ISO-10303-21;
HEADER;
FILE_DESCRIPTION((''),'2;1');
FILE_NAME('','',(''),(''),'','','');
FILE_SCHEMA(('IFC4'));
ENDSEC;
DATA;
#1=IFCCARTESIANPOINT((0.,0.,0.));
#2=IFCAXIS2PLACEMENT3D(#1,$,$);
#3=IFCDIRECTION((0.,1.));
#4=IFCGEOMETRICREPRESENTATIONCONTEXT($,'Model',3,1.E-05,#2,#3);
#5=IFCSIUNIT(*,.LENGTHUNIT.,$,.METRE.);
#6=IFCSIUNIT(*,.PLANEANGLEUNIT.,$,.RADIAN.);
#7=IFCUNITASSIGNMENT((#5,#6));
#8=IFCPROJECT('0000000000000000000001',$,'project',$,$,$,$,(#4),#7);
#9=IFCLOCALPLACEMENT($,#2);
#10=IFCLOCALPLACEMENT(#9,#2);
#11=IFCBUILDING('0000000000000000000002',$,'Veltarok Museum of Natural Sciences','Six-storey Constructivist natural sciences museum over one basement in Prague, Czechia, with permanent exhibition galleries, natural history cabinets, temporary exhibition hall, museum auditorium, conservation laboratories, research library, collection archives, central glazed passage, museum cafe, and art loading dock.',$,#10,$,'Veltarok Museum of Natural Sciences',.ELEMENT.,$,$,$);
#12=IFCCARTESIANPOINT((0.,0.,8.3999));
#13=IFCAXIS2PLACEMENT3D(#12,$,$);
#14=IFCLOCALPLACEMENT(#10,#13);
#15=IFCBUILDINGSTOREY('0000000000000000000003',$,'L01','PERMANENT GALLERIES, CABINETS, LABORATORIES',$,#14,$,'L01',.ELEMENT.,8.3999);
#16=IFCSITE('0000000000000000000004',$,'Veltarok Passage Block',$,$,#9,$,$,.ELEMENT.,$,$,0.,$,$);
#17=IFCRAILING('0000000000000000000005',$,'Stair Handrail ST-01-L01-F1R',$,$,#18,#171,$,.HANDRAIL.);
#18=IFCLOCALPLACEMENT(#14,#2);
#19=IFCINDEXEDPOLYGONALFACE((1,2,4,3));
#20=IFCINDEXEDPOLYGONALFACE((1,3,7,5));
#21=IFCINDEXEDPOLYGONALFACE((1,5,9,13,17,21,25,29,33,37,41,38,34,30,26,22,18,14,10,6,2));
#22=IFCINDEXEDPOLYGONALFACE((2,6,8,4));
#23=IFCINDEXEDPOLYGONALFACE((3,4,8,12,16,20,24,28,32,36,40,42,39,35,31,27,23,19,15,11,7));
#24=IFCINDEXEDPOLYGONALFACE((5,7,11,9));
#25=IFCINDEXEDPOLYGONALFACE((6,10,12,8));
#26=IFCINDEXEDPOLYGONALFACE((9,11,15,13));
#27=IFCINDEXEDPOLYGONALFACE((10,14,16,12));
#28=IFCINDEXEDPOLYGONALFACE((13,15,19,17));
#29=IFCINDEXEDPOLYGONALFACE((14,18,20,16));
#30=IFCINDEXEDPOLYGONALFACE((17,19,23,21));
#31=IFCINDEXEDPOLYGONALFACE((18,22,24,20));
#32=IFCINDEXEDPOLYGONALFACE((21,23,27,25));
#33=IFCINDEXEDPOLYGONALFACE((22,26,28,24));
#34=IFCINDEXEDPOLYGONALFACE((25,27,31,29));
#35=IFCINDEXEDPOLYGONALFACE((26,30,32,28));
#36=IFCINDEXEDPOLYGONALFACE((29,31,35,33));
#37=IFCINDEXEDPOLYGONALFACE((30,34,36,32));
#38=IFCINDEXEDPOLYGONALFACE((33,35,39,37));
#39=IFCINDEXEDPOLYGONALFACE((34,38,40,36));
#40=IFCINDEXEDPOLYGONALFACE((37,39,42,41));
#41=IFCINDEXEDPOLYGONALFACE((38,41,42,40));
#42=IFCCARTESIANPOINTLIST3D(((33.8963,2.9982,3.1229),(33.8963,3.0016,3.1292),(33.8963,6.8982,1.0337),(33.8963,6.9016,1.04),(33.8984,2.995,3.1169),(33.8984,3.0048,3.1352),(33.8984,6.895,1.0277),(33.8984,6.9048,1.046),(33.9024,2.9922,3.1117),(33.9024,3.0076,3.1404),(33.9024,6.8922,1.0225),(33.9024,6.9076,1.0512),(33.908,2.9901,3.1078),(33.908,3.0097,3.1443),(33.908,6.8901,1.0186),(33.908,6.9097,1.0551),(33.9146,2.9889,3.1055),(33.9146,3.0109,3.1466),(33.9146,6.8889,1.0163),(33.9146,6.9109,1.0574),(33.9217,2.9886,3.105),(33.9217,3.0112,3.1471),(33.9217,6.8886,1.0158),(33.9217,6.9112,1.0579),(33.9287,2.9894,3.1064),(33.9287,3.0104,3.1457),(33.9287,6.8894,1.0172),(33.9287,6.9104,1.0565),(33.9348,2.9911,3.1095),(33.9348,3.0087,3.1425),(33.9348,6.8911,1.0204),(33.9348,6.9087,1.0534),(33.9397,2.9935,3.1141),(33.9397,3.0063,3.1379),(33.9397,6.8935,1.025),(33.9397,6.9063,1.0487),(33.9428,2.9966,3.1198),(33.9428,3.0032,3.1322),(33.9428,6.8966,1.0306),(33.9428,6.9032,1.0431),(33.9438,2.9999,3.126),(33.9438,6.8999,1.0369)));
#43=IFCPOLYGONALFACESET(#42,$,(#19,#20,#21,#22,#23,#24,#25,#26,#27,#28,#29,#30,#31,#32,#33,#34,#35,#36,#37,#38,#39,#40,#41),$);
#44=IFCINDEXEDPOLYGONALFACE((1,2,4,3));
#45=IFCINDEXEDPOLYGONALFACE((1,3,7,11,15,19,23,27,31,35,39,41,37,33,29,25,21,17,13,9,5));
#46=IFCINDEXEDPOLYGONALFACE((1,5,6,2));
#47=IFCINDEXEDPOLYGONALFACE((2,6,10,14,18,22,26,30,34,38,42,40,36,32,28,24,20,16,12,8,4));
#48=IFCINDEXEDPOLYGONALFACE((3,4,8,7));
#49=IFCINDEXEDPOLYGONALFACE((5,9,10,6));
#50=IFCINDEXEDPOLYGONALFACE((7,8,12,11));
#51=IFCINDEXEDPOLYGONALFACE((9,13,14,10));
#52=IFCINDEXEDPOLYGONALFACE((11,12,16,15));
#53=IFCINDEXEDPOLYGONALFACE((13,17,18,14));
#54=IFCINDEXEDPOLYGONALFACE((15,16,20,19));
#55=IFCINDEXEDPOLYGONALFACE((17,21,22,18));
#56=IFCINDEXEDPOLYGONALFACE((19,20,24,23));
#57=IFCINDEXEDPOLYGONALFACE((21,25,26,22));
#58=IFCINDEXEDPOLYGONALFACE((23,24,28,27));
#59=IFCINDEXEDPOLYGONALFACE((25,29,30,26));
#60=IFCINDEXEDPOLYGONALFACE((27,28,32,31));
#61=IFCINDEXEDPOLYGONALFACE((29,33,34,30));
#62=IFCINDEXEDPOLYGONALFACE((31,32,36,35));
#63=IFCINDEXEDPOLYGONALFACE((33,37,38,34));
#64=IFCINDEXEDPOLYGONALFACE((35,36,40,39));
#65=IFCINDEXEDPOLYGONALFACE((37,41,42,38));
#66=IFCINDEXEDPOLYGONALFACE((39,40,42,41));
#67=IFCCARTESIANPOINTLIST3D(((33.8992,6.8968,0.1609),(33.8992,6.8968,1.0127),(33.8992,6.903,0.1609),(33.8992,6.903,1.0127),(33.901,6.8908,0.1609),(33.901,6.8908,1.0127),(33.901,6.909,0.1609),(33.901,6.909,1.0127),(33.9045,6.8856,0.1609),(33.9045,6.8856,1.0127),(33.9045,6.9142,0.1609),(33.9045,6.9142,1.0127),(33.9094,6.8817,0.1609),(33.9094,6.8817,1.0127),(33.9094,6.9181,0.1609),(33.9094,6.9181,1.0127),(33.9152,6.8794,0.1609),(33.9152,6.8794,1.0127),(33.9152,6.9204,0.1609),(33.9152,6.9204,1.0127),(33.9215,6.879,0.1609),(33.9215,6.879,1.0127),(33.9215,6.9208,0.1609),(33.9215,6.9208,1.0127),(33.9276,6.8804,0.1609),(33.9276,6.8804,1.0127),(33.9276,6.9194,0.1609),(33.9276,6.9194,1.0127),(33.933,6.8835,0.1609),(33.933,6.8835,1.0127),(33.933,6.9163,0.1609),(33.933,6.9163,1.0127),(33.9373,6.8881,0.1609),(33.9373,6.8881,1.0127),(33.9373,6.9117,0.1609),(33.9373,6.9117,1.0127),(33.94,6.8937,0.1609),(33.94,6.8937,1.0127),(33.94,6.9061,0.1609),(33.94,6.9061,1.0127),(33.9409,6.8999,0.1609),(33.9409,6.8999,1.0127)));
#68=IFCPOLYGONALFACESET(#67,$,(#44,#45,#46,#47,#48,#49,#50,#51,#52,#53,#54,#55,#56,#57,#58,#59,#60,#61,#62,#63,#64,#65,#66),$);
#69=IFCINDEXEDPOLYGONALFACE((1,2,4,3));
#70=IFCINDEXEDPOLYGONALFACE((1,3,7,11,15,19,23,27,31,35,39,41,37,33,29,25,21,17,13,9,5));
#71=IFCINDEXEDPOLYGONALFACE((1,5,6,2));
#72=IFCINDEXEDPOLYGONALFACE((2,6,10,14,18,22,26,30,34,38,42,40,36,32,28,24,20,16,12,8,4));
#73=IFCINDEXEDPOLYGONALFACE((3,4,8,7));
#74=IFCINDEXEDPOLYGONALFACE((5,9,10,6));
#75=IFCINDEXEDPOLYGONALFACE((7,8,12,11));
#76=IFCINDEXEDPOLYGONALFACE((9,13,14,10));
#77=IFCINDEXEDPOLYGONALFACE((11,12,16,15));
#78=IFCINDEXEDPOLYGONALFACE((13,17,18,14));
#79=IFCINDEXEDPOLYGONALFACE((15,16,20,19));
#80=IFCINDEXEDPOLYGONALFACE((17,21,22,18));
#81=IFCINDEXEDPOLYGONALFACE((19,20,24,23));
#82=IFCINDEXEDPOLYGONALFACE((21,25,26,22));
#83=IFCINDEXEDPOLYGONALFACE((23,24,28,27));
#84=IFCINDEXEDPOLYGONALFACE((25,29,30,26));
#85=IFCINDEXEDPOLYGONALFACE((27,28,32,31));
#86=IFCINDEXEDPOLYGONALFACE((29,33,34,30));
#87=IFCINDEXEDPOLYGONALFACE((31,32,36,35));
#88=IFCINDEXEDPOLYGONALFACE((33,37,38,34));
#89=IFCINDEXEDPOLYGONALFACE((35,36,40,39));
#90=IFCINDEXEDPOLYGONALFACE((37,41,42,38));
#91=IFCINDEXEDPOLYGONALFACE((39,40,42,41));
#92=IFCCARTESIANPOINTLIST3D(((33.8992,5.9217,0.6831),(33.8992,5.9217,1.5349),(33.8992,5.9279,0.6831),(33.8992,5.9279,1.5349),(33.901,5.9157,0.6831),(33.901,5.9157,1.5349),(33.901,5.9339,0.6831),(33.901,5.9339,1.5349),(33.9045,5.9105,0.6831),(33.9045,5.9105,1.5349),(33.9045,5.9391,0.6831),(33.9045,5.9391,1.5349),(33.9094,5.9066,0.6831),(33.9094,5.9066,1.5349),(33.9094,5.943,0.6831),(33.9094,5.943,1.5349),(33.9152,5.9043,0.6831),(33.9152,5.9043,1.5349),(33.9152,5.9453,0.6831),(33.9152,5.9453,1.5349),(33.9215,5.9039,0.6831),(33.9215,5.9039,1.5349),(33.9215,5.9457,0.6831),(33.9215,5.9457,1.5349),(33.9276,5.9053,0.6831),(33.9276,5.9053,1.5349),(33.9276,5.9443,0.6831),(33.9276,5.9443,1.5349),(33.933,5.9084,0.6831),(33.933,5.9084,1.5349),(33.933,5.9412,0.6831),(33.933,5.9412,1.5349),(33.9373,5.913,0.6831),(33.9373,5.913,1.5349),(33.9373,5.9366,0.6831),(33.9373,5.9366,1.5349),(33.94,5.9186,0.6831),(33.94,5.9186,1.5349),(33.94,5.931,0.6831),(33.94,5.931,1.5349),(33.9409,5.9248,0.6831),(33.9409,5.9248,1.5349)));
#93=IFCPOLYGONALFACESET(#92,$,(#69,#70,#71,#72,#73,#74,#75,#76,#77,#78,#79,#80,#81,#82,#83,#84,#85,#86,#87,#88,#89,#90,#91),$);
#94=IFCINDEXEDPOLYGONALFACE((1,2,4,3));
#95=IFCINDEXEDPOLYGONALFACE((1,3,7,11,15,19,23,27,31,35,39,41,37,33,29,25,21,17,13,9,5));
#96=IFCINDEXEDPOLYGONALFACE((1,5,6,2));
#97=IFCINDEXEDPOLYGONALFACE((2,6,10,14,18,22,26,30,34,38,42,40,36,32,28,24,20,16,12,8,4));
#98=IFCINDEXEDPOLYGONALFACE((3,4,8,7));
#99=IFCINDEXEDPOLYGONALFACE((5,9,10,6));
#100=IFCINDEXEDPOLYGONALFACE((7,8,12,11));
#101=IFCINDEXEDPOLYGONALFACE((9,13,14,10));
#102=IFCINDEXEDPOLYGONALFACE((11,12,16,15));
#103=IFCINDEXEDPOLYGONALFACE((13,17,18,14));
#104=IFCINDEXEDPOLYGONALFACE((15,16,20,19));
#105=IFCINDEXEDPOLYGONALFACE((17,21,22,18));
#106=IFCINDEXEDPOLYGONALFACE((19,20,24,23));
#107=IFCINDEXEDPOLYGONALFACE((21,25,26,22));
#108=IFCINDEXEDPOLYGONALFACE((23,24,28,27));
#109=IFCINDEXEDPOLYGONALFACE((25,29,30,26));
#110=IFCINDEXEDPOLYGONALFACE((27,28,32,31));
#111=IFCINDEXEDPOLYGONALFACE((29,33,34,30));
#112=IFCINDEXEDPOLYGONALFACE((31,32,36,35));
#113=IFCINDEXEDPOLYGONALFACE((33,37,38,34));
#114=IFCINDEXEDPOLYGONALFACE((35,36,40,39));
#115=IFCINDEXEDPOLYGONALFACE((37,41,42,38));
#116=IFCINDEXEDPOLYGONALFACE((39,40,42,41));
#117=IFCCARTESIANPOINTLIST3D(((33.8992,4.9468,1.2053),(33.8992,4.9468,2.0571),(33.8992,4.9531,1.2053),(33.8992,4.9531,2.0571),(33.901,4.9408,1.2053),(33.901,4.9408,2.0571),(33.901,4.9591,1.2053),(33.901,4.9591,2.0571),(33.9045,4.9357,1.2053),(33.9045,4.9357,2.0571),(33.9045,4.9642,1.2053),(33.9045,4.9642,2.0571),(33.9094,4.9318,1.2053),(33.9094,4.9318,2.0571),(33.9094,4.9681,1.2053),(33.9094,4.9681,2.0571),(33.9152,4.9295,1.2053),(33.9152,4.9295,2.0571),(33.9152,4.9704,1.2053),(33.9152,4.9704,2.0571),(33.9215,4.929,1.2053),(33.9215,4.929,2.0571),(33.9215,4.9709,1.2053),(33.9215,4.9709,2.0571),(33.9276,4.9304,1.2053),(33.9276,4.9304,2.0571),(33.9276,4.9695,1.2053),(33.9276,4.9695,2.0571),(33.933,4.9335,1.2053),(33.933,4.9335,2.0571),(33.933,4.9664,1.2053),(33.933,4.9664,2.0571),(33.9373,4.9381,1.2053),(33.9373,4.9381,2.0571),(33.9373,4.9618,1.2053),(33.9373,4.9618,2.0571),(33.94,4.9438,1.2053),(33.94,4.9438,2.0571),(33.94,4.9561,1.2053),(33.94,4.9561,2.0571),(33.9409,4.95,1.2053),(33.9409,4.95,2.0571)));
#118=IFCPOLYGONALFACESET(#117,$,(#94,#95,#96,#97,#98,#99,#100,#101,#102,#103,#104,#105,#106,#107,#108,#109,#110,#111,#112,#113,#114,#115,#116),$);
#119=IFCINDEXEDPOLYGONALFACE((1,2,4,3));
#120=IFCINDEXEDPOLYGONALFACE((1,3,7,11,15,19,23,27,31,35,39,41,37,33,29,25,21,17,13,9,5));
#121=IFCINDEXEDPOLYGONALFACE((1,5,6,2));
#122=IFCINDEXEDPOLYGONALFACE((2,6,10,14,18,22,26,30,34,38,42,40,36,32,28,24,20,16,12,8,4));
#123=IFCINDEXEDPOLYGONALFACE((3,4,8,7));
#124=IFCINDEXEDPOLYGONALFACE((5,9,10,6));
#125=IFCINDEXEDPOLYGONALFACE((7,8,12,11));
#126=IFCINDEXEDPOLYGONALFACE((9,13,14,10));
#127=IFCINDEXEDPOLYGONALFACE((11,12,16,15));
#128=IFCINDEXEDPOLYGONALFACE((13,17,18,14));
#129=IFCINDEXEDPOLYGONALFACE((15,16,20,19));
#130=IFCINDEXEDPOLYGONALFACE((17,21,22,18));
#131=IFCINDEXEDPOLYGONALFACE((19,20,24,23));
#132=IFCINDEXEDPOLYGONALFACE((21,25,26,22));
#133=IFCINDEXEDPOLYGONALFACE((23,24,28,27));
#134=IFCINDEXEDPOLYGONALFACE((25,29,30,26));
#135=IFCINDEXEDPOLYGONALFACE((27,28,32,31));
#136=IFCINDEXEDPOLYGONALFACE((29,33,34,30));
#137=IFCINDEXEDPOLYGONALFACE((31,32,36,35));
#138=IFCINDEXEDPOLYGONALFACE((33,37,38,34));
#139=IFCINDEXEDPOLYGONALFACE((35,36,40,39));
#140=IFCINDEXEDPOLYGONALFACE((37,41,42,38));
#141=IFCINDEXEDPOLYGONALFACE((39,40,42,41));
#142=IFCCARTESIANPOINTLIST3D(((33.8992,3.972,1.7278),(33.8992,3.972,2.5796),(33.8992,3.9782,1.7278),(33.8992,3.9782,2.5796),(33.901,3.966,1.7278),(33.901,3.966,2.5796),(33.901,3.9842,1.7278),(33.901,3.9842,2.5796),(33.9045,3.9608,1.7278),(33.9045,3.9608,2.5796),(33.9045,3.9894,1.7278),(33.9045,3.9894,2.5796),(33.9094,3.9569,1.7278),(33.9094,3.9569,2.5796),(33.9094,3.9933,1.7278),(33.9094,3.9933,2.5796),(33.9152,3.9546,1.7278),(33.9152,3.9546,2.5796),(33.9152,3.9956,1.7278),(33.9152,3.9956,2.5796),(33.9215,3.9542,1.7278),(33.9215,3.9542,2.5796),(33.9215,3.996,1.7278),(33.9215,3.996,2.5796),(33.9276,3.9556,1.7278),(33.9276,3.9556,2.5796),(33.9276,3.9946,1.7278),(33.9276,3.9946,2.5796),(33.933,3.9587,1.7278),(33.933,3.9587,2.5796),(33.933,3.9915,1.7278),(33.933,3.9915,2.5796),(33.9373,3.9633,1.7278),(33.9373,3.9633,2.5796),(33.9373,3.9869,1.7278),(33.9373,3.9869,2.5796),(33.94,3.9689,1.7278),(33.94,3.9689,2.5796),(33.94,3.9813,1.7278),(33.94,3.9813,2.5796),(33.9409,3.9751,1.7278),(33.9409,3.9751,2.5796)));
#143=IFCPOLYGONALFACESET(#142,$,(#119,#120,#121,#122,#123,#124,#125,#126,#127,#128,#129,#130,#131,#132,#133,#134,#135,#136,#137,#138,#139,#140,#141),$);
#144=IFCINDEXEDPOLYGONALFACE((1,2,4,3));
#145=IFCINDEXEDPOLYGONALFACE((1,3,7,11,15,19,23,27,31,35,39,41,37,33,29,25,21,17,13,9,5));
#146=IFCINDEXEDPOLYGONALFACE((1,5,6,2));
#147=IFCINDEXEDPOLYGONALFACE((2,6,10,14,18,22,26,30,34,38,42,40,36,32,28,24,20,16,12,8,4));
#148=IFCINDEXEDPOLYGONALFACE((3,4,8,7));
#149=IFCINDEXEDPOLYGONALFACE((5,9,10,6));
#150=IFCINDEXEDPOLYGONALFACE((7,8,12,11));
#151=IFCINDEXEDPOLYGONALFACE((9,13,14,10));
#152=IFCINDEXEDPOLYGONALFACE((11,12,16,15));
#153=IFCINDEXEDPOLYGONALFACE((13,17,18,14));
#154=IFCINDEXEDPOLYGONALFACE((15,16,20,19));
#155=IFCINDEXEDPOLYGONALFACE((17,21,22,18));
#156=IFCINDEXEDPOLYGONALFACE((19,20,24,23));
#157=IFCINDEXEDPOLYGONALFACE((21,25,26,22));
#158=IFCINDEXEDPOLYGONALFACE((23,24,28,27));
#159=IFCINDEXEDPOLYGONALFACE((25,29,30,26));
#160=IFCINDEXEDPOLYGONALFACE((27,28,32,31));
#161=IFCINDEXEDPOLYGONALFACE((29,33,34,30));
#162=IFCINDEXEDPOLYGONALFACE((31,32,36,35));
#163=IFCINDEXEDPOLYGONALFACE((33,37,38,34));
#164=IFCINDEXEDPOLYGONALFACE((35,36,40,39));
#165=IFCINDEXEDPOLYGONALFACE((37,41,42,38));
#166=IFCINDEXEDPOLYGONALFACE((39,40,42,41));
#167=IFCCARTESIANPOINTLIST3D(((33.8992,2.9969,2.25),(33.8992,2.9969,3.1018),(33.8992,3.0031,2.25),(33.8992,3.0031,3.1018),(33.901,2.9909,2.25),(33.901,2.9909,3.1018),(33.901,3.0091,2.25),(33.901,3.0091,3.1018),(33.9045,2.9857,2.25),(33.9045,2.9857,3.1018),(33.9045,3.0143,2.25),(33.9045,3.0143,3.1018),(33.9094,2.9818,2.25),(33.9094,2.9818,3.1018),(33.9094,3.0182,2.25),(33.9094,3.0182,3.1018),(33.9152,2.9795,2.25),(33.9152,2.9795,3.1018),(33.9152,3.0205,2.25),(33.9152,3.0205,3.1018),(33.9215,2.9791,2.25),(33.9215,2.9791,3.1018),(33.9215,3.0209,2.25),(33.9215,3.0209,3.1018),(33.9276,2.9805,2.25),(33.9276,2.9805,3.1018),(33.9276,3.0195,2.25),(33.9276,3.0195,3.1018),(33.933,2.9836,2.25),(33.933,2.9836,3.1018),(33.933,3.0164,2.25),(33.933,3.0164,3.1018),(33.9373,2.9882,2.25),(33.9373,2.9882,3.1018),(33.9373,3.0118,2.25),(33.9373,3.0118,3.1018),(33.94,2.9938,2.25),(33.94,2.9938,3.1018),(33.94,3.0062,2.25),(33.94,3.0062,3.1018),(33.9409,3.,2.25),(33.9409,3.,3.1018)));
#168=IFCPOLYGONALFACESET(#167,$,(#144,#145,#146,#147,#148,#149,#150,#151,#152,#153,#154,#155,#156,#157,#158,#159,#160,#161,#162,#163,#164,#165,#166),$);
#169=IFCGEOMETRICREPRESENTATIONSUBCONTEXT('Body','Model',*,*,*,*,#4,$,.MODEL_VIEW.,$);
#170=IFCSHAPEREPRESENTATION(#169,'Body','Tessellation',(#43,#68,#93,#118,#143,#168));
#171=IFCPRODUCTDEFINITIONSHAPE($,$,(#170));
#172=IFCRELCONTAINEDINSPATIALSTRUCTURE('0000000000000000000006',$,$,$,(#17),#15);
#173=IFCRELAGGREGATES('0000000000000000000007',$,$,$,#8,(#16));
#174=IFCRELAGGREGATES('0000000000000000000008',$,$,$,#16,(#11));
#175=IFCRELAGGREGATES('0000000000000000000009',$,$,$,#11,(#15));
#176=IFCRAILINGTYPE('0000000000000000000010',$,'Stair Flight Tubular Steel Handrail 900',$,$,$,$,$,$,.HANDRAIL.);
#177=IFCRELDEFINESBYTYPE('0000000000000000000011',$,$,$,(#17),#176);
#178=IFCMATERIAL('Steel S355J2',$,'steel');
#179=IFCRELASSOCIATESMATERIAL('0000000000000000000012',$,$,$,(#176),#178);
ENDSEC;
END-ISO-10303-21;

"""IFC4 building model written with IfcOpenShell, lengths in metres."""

from ifc_helpers import new_model, si_unit, direction, frame, origin, origin_2d, place, context, subcontext, project, spatial, circle, extrude, material, type_object, element, save


model = new_model("IFC4")

# Units and contexts
model_context = context("Model", 3, precision=1e-05, world=origin(), true_north=direction((0.0, 1.0)))
body_context = subcontext(model_context, "Body", "Model", "MODEL_VIEW")
ifc_project = project(units=[si_unit("LENGTHUNIT", "METRE"), si_unit("PLANEANGLEUNIT", "RADIAN")], contexts=[model_context])

# Site, building, storey
site_placement = place(None, origin())
site = spatial("IfcSite", under=ifc_project, at=site_placement, Name="Veltarok Passage Block", CompositionType="ELEMENT", RefElevation=0.0)
building_placement = place(site_placement, origin())
building = spatial("IfcBuilding", under=site, at=building_placement, Name="Veltarok Museum of Natural Sciences", Description="Six-storey Constructivist natural sciences museum over one basement in Prague, Czechia, with permanent exhibition galleries, natural history cabinets, temporary exhibition hall, museum auditorium, conservation laboratories, research library, collection archives, central glazed passage, museum cafe, and art loading dock.", LongName="Veltarok Museum of Natural Sciences", CompositionType="ELEMENT")
storey_placement = place(building_placement, frame((0.0, 0.0, 8.3999)))
storey = spatial("IfcBuildingStorey", under=building, at=storey_placement, Name="L01", Description="PERMANENT GALLERIES, CABINETS, LABORATORIES", LongName="L01", CompositionType="ELEMENT", Elevation=8.3999)

# Shared definitions
ifc_material_1 = material(Name="Steel S355J2", Category="steel")

# Railing
railing_type_1 = type_object("IfcRailingType", Name="Stair Flight Tubular Steel Handrail 900", PredefinedType="HANDRAIL", material=ifc_material_1)
for number, where, name in (
    (1, (33.9199, 6.8999, 0.1609), "Stair Handrail ST-01-L01-F1R"),
):
    element("IfcRailing", number, at=place(storey_placement, frame(where)), inside=storey, type_object=railing_type_1, Name=name, PredefinedType="HANDRAIL", context=body_context, shape_type="SweptSolid", body=[
        extrude(circle(Radius=0.0239, at=origin_2d()), frame((0.0, 0.0, 0.876), z_axis=(0.0, -0.881491, 0.4722), x_axis=(1.0, 0.0, 0.0)), (0.0, 0.0, 1.0), 4.4243),
        extrude(circle(Radius=0.021, at=origin_2d()), origin(), (0.0, 0.0, 1.0), 0.8518),
        extrude(circle(Radius=0.021, at=origin_2d()), frame((0.0, -0.9751, 0.5222)), (0.0, 0.0, 1.0), 0.8518),
        extrude(circle(Radius=0.021, at=origin_2d()), frame((0.0, -1.95, 1.0444)), (0.0, 0.0, 1.0), 0.8518),
        extrude(circle(Radius=0.021, at=origin_2d()), frame((0.0, -2.9248, 1.5669)), (0.0, 0.0, 1.0), 0.8518),
        extrude(circle(Radius=0.021, at=origin_2d()), frame((0.0, -3.8999, 2.0891)), (0.0, 0.0, 1.0), 0.8518),
    ])

save(model, "model.ifc")
